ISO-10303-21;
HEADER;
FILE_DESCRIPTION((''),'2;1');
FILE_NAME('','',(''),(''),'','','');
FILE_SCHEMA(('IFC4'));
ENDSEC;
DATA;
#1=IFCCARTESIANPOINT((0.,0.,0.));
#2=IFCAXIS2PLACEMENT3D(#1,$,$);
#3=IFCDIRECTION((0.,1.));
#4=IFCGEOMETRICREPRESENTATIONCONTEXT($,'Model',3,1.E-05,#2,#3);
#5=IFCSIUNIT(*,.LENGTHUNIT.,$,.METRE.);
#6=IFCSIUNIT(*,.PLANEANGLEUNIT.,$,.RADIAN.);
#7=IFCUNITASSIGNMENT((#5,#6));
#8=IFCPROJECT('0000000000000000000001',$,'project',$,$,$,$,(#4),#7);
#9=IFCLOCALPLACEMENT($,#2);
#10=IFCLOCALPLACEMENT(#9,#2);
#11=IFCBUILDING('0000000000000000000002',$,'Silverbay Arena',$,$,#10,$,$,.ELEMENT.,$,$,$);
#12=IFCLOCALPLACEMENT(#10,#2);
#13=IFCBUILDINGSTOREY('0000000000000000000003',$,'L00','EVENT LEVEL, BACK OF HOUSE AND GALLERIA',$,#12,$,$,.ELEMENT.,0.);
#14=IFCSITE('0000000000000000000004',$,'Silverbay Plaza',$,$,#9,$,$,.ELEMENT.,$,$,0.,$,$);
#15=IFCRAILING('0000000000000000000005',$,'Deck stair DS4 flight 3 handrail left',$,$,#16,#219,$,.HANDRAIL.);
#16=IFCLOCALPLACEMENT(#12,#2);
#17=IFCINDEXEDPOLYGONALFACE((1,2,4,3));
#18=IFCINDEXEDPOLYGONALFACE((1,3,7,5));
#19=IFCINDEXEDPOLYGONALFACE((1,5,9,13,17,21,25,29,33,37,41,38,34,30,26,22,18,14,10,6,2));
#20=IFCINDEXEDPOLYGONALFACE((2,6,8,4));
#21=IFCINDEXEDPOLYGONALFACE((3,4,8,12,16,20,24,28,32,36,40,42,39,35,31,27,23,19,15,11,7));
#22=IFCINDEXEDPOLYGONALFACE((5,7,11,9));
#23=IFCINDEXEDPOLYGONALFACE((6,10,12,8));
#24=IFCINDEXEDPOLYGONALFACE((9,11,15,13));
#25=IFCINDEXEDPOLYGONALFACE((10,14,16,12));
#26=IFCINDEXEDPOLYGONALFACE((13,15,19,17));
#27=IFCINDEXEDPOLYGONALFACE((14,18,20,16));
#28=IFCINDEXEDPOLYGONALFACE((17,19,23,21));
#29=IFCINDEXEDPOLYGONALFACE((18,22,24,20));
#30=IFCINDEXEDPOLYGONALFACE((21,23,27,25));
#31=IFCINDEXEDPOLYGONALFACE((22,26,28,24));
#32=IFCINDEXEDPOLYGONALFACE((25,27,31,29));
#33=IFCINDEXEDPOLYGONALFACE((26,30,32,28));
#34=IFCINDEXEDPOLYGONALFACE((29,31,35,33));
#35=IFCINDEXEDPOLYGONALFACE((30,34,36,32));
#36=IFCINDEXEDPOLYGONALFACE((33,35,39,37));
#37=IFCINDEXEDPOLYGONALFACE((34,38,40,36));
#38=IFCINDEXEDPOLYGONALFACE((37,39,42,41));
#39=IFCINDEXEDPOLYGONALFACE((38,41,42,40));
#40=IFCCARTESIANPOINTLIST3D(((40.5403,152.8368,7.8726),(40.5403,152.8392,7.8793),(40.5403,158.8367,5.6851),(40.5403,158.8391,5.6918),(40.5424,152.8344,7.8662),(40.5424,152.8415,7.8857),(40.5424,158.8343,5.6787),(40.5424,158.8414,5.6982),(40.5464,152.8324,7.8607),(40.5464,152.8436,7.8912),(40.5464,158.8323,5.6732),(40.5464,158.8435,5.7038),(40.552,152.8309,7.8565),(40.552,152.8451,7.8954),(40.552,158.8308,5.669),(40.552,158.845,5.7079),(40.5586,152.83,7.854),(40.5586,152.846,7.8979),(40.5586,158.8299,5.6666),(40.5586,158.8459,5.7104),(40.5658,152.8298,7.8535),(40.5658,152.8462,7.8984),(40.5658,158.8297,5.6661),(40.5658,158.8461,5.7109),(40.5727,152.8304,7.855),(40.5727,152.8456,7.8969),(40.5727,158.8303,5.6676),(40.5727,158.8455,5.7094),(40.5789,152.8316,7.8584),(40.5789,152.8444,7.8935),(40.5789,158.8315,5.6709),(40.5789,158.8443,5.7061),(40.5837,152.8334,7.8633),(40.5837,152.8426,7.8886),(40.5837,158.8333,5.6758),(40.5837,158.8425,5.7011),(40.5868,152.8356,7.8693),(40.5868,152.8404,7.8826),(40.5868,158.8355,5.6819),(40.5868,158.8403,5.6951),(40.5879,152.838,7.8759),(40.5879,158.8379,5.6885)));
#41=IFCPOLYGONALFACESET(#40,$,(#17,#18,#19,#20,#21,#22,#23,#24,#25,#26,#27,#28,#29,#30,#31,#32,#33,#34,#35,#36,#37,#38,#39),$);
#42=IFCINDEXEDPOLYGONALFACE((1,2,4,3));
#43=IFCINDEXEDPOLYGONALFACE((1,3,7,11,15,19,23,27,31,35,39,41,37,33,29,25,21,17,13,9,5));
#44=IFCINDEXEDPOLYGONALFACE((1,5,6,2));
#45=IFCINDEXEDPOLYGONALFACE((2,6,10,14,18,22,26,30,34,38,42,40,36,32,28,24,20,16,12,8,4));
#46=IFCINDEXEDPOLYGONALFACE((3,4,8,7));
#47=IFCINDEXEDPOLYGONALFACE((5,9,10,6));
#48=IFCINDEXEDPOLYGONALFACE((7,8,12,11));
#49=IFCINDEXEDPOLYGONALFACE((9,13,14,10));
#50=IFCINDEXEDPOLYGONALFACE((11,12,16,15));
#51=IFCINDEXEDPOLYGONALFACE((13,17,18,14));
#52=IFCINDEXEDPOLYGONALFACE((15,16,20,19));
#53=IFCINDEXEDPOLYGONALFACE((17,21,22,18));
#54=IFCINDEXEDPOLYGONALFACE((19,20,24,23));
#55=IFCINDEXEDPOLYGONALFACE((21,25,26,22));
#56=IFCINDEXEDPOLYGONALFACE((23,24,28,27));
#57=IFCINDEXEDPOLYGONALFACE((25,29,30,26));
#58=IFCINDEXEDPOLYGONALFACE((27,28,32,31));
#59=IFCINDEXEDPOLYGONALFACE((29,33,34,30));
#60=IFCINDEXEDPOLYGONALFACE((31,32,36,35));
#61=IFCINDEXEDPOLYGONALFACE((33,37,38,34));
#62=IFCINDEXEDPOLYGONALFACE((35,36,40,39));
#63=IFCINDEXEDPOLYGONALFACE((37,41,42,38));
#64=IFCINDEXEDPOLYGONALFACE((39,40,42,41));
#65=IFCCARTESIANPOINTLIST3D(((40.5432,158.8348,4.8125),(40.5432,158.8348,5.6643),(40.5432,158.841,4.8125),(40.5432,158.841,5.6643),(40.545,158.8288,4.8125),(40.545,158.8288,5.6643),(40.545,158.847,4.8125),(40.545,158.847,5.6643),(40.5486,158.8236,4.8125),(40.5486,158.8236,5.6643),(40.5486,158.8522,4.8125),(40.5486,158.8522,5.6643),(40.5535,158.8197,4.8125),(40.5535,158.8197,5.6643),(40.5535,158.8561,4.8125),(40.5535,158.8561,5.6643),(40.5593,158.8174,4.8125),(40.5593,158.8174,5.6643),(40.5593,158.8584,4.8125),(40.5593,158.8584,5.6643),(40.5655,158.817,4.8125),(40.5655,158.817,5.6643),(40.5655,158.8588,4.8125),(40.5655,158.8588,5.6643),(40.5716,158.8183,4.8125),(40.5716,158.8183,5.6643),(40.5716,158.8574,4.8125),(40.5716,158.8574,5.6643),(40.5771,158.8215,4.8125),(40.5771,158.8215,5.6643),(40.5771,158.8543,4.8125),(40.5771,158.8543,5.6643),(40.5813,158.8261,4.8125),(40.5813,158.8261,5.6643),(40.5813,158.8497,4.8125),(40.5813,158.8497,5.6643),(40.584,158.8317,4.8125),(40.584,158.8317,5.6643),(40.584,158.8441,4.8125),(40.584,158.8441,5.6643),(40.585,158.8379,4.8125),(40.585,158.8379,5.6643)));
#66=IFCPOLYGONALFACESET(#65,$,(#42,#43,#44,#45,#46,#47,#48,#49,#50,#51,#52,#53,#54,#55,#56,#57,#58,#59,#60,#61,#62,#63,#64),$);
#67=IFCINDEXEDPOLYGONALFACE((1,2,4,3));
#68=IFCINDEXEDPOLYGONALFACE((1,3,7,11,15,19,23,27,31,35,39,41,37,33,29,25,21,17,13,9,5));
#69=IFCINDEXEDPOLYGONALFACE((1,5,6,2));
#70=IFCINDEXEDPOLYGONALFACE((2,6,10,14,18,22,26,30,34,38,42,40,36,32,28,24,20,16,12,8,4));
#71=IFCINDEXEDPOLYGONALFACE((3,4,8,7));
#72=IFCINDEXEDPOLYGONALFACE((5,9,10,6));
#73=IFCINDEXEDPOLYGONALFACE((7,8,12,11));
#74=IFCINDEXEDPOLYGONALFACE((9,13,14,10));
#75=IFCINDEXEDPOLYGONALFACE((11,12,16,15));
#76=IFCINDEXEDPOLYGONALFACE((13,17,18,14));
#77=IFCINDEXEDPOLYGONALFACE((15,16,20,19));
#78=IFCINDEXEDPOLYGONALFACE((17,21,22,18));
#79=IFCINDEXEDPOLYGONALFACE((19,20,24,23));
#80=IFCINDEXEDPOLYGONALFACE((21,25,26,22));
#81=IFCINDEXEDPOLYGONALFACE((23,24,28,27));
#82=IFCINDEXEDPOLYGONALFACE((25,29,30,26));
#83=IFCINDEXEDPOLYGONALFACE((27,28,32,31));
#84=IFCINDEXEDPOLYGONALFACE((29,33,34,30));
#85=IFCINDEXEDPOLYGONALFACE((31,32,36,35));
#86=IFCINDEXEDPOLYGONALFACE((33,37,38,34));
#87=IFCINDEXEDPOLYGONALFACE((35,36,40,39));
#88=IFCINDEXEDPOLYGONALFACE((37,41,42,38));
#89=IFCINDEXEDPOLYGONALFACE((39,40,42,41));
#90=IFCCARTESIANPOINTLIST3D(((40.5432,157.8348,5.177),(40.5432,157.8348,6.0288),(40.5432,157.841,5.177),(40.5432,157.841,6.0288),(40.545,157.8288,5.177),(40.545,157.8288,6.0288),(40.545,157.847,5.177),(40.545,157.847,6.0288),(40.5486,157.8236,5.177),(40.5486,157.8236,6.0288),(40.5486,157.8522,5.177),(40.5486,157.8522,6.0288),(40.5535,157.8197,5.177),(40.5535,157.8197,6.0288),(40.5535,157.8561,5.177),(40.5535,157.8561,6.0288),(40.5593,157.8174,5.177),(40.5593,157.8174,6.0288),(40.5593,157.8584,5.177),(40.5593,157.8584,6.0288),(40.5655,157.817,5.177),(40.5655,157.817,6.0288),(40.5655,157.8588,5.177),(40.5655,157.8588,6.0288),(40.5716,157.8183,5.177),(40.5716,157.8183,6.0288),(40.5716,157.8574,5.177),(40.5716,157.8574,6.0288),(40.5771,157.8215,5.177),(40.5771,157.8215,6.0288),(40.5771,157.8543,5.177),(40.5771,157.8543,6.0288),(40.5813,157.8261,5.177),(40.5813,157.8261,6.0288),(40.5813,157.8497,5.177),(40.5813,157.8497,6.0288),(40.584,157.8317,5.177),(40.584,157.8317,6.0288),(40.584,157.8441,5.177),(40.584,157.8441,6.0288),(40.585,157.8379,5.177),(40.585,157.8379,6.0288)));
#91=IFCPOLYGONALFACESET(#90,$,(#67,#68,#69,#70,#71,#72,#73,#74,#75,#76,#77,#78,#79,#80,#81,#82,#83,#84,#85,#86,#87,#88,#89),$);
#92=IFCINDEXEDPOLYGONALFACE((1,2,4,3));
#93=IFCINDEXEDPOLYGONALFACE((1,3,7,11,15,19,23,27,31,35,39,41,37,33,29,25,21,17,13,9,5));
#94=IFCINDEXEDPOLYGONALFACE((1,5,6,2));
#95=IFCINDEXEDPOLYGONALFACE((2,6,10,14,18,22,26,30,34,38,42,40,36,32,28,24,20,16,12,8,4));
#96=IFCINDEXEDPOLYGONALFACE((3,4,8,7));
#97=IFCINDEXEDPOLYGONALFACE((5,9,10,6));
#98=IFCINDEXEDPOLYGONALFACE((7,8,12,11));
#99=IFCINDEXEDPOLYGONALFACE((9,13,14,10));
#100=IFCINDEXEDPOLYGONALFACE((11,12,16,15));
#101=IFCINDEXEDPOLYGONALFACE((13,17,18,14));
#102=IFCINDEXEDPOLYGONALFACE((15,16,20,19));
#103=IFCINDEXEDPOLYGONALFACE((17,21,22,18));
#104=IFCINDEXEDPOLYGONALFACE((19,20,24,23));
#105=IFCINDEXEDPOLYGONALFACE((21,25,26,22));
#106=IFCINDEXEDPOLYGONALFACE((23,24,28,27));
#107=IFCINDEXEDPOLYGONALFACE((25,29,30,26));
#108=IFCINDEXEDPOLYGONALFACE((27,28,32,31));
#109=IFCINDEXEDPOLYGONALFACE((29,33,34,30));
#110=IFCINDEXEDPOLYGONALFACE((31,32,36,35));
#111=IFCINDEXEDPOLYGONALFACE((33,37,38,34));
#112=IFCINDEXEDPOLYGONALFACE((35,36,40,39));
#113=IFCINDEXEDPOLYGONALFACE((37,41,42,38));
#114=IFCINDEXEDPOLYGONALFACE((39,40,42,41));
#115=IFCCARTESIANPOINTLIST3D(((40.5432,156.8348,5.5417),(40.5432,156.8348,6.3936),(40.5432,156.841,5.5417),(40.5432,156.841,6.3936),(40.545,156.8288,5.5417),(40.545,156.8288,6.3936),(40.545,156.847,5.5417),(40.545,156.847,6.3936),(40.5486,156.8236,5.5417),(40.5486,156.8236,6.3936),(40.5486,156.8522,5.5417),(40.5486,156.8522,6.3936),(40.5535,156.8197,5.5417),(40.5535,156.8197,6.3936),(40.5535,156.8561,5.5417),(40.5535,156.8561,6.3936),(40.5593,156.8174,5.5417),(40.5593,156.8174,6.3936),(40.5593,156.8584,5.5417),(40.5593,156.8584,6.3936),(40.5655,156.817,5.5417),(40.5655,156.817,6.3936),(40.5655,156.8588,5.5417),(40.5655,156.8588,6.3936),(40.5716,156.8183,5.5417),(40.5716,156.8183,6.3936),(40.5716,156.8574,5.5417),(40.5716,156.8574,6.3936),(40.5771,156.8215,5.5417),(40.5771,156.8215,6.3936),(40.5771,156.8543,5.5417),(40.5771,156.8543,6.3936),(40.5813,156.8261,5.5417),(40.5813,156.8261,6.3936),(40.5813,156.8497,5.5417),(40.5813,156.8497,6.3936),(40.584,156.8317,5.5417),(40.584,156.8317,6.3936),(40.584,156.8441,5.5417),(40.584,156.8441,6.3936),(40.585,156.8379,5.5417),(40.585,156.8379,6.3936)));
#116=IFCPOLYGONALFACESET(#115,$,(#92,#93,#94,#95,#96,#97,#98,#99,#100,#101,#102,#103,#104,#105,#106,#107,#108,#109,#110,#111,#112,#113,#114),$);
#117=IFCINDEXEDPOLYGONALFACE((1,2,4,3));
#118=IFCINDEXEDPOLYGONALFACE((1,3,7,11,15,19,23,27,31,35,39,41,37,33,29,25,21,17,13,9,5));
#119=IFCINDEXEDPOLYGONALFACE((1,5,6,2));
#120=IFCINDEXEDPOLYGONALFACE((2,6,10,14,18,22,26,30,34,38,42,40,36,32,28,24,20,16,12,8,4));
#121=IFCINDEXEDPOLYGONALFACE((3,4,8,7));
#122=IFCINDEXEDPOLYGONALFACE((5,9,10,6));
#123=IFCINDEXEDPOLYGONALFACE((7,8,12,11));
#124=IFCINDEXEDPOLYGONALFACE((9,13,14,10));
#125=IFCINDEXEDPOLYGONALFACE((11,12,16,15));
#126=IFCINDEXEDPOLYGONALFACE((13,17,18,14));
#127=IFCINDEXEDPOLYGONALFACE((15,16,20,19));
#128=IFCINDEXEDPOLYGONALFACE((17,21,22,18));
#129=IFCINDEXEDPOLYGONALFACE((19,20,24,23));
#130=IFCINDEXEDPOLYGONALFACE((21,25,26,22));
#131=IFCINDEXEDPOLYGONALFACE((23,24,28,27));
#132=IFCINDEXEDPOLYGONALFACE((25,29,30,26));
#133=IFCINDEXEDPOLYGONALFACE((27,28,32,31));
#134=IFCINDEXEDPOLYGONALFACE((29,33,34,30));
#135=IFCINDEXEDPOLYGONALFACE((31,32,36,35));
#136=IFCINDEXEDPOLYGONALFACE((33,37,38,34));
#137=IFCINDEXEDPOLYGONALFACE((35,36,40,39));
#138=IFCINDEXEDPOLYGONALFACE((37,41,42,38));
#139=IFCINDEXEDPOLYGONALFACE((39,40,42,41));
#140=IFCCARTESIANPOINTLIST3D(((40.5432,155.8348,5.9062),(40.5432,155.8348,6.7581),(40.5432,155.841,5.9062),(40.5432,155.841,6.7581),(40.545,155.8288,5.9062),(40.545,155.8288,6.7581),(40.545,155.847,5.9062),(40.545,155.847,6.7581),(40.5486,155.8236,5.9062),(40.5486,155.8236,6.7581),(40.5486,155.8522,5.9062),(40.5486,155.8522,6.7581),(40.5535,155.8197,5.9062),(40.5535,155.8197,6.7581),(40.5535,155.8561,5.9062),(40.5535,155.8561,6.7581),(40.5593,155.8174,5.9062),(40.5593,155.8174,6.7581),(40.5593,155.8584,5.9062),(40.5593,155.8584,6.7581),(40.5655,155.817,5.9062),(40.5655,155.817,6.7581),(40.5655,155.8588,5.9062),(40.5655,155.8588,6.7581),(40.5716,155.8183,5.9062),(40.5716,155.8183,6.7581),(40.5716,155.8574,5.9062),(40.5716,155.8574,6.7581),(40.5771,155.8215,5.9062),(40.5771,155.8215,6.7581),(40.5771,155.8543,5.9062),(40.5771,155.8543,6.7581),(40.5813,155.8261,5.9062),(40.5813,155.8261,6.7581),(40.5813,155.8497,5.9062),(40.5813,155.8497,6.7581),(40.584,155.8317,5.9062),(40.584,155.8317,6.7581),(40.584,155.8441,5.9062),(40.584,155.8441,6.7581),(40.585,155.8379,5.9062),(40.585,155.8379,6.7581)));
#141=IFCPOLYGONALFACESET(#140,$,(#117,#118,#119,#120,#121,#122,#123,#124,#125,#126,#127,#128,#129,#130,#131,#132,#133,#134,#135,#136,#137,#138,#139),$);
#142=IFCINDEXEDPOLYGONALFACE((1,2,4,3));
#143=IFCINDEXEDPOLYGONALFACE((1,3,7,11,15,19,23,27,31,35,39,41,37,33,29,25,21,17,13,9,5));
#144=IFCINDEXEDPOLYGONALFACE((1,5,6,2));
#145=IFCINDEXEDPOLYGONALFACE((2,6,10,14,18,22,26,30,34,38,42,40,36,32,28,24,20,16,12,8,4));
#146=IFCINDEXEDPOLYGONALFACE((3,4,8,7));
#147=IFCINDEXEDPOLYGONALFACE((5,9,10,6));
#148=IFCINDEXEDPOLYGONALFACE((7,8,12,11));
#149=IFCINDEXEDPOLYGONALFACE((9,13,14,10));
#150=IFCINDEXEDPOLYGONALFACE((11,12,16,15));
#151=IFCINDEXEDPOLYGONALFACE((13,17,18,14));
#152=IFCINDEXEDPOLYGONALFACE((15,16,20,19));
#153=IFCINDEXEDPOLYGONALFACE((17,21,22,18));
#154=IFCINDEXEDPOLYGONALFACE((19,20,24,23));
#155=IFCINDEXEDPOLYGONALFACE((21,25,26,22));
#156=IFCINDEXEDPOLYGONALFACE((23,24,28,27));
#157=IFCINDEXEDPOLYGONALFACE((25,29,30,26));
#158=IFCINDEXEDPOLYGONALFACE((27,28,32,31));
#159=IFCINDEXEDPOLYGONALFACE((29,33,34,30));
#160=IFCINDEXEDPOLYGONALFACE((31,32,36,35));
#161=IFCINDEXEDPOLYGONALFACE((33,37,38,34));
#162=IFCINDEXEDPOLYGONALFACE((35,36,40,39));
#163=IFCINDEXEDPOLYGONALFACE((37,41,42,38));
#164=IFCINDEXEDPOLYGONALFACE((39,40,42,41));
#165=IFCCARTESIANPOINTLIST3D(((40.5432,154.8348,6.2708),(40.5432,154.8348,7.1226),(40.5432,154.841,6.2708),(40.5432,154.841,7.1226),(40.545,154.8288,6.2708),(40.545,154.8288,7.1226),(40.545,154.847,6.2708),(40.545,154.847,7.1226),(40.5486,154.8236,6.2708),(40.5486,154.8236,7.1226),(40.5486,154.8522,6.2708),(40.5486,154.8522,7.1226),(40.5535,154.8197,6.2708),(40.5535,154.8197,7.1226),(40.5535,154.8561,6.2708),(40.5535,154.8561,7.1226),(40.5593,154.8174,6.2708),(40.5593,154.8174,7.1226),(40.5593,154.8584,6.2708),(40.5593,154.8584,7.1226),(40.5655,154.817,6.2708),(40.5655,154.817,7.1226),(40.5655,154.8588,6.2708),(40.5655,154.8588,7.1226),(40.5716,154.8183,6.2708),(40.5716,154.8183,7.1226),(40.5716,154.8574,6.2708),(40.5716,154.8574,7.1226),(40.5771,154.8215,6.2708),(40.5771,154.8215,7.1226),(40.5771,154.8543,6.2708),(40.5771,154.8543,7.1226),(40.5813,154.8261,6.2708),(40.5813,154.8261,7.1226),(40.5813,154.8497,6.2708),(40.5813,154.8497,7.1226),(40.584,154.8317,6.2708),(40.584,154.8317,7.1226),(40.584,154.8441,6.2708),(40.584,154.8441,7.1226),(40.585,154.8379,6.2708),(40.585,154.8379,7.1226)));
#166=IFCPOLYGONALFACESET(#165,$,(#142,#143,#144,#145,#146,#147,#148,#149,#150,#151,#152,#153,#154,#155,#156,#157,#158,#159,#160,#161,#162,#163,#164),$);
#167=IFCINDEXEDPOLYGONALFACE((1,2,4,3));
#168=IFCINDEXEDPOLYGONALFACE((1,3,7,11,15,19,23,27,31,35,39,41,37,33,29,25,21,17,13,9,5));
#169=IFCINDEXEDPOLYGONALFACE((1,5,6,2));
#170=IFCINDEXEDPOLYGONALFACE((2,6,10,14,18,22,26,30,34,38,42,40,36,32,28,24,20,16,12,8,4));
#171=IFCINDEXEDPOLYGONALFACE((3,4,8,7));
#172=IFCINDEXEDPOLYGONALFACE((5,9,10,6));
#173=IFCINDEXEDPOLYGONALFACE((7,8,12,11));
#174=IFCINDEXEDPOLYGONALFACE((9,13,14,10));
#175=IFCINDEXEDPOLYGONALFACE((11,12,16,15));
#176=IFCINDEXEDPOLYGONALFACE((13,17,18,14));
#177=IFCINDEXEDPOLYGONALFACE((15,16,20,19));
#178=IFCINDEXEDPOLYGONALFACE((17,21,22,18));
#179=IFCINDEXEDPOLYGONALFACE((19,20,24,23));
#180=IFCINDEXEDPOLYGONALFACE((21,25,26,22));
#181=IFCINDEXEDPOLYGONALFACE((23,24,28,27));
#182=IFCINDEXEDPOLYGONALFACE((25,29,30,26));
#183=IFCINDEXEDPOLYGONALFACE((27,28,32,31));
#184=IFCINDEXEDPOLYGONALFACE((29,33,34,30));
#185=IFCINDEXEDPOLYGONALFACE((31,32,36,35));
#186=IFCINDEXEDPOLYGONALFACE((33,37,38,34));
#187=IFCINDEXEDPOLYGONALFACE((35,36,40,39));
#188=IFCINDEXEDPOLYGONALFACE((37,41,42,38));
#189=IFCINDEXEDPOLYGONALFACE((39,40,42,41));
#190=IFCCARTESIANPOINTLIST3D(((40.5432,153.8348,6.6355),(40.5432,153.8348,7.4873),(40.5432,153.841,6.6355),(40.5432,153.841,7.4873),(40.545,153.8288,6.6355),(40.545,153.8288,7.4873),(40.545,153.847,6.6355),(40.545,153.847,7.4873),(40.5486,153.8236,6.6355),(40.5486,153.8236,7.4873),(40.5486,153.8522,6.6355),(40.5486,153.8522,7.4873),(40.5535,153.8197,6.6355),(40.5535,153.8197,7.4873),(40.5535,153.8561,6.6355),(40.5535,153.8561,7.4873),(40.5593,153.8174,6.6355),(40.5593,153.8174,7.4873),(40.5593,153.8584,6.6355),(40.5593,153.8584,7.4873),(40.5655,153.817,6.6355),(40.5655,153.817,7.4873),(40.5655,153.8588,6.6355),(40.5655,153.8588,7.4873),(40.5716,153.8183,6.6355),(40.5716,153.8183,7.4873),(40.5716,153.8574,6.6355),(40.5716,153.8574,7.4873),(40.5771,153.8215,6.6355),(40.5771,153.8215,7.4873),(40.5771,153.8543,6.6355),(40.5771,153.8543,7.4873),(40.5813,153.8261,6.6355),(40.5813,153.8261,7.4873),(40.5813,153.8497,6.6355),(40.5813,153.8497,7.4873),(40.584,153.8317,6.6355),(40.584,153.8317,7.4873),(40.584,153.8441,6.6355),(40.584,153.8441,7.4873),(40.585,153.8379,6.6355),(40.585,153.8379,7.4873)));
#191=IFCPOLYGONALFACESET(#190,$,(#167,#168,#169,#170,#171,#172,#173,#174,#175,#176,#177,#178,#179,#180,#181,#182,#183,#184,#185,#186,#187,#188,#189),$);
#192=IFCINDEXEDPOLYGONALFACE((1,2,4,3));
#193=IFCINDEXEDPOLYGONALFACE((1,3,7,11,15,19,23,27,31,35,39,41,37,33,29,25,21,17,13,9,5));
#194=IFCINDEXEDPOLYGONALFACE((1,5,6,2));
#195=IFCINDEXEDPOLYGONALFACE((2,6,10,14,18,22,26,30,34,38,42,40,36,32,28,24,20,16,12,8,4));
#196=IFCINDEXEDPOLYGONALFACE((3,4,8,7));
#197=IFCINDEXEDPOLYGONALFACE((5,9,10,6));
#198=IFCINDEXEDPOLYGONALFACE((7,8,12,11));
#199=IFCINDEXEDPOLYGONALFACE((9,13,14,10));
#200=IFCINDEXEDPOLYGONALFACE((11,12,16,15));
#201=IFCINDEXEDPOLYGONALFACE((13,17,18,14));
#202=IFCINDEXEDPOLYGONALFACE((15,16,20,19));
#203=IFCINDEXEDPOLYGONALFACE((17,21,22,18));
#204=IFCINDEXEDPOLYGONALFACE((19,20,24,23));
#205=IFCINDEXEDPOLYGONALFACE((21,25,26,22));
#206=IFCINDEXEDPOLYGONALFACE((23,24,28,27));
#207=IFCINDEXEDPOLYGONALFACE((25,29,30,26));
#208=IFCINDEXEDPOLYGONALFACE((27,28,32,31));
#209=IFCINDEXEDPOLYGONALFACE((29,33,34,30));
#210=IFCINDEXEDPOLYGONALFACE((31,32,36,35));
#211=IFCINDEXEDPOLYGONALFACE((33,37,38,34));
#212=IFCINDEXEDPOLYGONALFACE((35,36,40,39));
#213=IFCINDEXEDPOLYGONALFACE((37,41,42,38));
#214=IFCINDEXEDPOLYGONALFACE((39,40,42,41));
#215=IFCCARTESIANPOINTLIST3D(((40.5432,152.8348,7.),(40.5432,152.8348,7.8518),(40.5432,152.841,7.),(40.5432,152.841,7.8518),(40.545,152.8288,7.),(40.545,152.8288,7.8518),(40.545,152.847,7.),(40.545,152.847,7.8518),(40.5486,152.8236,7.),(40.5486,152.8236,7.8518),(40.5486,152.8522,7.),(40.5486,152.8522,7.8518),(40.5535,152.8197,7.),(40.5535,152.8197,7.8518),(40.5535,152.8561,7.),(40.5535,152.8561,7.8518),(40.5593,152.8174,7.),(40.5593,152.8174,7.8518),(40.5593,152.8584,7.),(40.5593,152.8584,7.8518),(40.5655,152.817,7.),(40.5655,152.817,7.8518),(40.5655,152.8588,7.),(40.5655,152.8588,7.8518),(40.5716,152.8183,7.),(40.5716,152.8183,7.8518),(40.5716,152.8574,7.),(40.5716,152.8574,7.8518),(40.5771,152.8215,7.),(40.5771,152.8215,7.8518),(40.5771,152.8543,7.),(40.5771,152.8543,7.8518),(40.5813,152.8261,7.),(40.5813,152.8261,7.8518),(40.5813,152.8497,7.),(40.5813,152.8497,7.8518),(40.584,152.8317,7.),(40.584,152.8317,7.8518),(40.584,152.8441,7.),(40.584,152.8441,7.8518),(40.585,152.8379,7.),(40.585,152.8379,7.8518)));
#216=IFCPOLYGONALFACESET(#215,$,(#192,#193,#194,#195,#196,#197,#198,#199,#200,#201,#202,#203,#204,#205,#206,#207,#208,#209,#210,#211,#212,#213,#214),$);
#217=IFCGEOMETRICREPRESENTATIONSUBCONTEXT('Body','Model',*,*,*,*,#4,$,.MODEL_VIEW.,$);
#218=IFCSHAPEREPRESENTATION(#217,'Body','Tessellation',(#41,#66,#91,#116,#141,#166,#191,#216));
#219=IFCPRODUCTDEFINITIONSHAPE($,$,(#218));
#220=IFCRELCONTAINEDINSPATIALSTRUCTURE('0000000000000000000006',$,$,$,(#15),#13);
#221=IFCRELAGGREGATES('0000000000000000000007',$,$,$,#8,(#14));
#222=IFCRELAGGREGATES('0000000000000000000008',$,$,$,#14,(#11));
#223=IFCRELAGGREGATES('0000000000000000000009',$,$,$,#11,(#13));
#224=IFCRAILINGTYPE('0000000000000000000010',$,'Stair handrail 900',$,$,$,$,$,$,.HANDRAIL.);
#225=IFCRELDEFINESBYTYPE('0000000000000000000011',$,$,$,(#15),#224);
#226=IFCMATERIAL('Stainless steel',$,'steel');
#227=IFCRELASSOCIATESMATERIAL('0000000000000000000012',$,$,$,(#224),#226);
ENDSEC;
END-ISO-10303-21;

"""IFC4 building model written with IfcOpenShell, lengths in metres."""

from ifc_helpers import new_model, si_unit, direction, frame, origin, origin_2d, place, context, subcontext, project, spatial, circle, extrude, material, type_object, element, save


model = new_model("IFC4")

# Units and contexts
model_context = context("Model", 3, precision=1e-05, world=origin(), true_north=direction((0.0, 1.0)))
body_context = subcontext(model_context, "Body", "Model", "MODEL_VIEW")
ifc_project = project(units=[si_unit("LENGTHUNIT", "METRE"), si_unit("PLANEANGLEUNIT", "RADIAN")], contexts=[model_context])

# Site, building, storey
site_placement = place(None, origin())
site = spatial("IfcSite", under=ifc_project, at=site_placement, Name="Silverbay Plaza", CompositionType="ELEMENT", RefElevation=0.0)
building_placement = place(site_placement, origin())
building = spatial("IfcBuilding", under=site, at=building_placement, Name="Silverbay Arena", CompositionType="ELEMENT")
storey_placement = place(building_placement, origin())
storey = spatial("IfcBuildingStorey", under=building, at=storey_placement, Name="L00", Description="EVENT LEVEL, BACK OF HOUSE AND GALLERIA", CompositionType="ELEMENT", Elevation=0.0)

# Railing
ifc_material_1 = material(Name="Stainless steel", Category="steel")
railing_type_1 = type_object("IfcRailingType", Name="Stair handrail 900", PredefinedType="HANDRAIL", material=ifc_material_1)
for number, where, name in (
    (1, (40.564, 158.8379, 4.8125), "Deck stair DS4 flight 3 handrail left"),
):
    element("IfcRailing", number, at=place(storey_placement, frame(where)), inside=storey, type_object=railing_type_1, Name=name, PredefinedType="HANDRAIL", context=body_context, shape_type="SweptSolid", body=[
        extrude(circle(Radius=0.0239, at=origin_2d()), frame((0.0, 0.0, 0.876), z_axis=(0.0, -0.939507, 0.342529), x_axis=(1.0, 0.0, 0.0)), (0.0, 0.0, 1.0), 6.3862),
        extrude(circle(Radius=0.021, at=origin_2d()), origin(), (0.0, 0.0, 1.0), 0.8518),
        extrude(circle(Radius=0.021, at=origin_2d()), frame((0.0, -1.0, 0.3645)), (0.0, 0.0, 1.0), 0.8518),
        extrude(circle(Radius=0.021, at=origin_2d()), frame((0.0, -2.0, 0.7292)), (0.0, 0.0, 1.0), 0.8518),
        extrude(circle(Radius=0.021, at=origin_2d()), frame((0.0, -3.0, 1.0938)), (0.0, 0.0, 1.0), 0.8518),
        extrude(circle(Radius=0.021, at=origin_2d()), frame((0.0, -4.0, 1.4583)), (0.0, 0.0, 1.0), 0.8518),
        extrude(circle(Radius=0.021, at=origin_2d()), frame((0.0, -5.0, 1.823)), (0.0, 0.0, 1.0), 0.8518),
        extrude(circle(Radius=0.021, at=origin_2d()), frame((0.0, -6.0, 2.1875)), (0.0, 0.0, 1.0), 0.8518),
    ])

save(model, "model.ifc")
